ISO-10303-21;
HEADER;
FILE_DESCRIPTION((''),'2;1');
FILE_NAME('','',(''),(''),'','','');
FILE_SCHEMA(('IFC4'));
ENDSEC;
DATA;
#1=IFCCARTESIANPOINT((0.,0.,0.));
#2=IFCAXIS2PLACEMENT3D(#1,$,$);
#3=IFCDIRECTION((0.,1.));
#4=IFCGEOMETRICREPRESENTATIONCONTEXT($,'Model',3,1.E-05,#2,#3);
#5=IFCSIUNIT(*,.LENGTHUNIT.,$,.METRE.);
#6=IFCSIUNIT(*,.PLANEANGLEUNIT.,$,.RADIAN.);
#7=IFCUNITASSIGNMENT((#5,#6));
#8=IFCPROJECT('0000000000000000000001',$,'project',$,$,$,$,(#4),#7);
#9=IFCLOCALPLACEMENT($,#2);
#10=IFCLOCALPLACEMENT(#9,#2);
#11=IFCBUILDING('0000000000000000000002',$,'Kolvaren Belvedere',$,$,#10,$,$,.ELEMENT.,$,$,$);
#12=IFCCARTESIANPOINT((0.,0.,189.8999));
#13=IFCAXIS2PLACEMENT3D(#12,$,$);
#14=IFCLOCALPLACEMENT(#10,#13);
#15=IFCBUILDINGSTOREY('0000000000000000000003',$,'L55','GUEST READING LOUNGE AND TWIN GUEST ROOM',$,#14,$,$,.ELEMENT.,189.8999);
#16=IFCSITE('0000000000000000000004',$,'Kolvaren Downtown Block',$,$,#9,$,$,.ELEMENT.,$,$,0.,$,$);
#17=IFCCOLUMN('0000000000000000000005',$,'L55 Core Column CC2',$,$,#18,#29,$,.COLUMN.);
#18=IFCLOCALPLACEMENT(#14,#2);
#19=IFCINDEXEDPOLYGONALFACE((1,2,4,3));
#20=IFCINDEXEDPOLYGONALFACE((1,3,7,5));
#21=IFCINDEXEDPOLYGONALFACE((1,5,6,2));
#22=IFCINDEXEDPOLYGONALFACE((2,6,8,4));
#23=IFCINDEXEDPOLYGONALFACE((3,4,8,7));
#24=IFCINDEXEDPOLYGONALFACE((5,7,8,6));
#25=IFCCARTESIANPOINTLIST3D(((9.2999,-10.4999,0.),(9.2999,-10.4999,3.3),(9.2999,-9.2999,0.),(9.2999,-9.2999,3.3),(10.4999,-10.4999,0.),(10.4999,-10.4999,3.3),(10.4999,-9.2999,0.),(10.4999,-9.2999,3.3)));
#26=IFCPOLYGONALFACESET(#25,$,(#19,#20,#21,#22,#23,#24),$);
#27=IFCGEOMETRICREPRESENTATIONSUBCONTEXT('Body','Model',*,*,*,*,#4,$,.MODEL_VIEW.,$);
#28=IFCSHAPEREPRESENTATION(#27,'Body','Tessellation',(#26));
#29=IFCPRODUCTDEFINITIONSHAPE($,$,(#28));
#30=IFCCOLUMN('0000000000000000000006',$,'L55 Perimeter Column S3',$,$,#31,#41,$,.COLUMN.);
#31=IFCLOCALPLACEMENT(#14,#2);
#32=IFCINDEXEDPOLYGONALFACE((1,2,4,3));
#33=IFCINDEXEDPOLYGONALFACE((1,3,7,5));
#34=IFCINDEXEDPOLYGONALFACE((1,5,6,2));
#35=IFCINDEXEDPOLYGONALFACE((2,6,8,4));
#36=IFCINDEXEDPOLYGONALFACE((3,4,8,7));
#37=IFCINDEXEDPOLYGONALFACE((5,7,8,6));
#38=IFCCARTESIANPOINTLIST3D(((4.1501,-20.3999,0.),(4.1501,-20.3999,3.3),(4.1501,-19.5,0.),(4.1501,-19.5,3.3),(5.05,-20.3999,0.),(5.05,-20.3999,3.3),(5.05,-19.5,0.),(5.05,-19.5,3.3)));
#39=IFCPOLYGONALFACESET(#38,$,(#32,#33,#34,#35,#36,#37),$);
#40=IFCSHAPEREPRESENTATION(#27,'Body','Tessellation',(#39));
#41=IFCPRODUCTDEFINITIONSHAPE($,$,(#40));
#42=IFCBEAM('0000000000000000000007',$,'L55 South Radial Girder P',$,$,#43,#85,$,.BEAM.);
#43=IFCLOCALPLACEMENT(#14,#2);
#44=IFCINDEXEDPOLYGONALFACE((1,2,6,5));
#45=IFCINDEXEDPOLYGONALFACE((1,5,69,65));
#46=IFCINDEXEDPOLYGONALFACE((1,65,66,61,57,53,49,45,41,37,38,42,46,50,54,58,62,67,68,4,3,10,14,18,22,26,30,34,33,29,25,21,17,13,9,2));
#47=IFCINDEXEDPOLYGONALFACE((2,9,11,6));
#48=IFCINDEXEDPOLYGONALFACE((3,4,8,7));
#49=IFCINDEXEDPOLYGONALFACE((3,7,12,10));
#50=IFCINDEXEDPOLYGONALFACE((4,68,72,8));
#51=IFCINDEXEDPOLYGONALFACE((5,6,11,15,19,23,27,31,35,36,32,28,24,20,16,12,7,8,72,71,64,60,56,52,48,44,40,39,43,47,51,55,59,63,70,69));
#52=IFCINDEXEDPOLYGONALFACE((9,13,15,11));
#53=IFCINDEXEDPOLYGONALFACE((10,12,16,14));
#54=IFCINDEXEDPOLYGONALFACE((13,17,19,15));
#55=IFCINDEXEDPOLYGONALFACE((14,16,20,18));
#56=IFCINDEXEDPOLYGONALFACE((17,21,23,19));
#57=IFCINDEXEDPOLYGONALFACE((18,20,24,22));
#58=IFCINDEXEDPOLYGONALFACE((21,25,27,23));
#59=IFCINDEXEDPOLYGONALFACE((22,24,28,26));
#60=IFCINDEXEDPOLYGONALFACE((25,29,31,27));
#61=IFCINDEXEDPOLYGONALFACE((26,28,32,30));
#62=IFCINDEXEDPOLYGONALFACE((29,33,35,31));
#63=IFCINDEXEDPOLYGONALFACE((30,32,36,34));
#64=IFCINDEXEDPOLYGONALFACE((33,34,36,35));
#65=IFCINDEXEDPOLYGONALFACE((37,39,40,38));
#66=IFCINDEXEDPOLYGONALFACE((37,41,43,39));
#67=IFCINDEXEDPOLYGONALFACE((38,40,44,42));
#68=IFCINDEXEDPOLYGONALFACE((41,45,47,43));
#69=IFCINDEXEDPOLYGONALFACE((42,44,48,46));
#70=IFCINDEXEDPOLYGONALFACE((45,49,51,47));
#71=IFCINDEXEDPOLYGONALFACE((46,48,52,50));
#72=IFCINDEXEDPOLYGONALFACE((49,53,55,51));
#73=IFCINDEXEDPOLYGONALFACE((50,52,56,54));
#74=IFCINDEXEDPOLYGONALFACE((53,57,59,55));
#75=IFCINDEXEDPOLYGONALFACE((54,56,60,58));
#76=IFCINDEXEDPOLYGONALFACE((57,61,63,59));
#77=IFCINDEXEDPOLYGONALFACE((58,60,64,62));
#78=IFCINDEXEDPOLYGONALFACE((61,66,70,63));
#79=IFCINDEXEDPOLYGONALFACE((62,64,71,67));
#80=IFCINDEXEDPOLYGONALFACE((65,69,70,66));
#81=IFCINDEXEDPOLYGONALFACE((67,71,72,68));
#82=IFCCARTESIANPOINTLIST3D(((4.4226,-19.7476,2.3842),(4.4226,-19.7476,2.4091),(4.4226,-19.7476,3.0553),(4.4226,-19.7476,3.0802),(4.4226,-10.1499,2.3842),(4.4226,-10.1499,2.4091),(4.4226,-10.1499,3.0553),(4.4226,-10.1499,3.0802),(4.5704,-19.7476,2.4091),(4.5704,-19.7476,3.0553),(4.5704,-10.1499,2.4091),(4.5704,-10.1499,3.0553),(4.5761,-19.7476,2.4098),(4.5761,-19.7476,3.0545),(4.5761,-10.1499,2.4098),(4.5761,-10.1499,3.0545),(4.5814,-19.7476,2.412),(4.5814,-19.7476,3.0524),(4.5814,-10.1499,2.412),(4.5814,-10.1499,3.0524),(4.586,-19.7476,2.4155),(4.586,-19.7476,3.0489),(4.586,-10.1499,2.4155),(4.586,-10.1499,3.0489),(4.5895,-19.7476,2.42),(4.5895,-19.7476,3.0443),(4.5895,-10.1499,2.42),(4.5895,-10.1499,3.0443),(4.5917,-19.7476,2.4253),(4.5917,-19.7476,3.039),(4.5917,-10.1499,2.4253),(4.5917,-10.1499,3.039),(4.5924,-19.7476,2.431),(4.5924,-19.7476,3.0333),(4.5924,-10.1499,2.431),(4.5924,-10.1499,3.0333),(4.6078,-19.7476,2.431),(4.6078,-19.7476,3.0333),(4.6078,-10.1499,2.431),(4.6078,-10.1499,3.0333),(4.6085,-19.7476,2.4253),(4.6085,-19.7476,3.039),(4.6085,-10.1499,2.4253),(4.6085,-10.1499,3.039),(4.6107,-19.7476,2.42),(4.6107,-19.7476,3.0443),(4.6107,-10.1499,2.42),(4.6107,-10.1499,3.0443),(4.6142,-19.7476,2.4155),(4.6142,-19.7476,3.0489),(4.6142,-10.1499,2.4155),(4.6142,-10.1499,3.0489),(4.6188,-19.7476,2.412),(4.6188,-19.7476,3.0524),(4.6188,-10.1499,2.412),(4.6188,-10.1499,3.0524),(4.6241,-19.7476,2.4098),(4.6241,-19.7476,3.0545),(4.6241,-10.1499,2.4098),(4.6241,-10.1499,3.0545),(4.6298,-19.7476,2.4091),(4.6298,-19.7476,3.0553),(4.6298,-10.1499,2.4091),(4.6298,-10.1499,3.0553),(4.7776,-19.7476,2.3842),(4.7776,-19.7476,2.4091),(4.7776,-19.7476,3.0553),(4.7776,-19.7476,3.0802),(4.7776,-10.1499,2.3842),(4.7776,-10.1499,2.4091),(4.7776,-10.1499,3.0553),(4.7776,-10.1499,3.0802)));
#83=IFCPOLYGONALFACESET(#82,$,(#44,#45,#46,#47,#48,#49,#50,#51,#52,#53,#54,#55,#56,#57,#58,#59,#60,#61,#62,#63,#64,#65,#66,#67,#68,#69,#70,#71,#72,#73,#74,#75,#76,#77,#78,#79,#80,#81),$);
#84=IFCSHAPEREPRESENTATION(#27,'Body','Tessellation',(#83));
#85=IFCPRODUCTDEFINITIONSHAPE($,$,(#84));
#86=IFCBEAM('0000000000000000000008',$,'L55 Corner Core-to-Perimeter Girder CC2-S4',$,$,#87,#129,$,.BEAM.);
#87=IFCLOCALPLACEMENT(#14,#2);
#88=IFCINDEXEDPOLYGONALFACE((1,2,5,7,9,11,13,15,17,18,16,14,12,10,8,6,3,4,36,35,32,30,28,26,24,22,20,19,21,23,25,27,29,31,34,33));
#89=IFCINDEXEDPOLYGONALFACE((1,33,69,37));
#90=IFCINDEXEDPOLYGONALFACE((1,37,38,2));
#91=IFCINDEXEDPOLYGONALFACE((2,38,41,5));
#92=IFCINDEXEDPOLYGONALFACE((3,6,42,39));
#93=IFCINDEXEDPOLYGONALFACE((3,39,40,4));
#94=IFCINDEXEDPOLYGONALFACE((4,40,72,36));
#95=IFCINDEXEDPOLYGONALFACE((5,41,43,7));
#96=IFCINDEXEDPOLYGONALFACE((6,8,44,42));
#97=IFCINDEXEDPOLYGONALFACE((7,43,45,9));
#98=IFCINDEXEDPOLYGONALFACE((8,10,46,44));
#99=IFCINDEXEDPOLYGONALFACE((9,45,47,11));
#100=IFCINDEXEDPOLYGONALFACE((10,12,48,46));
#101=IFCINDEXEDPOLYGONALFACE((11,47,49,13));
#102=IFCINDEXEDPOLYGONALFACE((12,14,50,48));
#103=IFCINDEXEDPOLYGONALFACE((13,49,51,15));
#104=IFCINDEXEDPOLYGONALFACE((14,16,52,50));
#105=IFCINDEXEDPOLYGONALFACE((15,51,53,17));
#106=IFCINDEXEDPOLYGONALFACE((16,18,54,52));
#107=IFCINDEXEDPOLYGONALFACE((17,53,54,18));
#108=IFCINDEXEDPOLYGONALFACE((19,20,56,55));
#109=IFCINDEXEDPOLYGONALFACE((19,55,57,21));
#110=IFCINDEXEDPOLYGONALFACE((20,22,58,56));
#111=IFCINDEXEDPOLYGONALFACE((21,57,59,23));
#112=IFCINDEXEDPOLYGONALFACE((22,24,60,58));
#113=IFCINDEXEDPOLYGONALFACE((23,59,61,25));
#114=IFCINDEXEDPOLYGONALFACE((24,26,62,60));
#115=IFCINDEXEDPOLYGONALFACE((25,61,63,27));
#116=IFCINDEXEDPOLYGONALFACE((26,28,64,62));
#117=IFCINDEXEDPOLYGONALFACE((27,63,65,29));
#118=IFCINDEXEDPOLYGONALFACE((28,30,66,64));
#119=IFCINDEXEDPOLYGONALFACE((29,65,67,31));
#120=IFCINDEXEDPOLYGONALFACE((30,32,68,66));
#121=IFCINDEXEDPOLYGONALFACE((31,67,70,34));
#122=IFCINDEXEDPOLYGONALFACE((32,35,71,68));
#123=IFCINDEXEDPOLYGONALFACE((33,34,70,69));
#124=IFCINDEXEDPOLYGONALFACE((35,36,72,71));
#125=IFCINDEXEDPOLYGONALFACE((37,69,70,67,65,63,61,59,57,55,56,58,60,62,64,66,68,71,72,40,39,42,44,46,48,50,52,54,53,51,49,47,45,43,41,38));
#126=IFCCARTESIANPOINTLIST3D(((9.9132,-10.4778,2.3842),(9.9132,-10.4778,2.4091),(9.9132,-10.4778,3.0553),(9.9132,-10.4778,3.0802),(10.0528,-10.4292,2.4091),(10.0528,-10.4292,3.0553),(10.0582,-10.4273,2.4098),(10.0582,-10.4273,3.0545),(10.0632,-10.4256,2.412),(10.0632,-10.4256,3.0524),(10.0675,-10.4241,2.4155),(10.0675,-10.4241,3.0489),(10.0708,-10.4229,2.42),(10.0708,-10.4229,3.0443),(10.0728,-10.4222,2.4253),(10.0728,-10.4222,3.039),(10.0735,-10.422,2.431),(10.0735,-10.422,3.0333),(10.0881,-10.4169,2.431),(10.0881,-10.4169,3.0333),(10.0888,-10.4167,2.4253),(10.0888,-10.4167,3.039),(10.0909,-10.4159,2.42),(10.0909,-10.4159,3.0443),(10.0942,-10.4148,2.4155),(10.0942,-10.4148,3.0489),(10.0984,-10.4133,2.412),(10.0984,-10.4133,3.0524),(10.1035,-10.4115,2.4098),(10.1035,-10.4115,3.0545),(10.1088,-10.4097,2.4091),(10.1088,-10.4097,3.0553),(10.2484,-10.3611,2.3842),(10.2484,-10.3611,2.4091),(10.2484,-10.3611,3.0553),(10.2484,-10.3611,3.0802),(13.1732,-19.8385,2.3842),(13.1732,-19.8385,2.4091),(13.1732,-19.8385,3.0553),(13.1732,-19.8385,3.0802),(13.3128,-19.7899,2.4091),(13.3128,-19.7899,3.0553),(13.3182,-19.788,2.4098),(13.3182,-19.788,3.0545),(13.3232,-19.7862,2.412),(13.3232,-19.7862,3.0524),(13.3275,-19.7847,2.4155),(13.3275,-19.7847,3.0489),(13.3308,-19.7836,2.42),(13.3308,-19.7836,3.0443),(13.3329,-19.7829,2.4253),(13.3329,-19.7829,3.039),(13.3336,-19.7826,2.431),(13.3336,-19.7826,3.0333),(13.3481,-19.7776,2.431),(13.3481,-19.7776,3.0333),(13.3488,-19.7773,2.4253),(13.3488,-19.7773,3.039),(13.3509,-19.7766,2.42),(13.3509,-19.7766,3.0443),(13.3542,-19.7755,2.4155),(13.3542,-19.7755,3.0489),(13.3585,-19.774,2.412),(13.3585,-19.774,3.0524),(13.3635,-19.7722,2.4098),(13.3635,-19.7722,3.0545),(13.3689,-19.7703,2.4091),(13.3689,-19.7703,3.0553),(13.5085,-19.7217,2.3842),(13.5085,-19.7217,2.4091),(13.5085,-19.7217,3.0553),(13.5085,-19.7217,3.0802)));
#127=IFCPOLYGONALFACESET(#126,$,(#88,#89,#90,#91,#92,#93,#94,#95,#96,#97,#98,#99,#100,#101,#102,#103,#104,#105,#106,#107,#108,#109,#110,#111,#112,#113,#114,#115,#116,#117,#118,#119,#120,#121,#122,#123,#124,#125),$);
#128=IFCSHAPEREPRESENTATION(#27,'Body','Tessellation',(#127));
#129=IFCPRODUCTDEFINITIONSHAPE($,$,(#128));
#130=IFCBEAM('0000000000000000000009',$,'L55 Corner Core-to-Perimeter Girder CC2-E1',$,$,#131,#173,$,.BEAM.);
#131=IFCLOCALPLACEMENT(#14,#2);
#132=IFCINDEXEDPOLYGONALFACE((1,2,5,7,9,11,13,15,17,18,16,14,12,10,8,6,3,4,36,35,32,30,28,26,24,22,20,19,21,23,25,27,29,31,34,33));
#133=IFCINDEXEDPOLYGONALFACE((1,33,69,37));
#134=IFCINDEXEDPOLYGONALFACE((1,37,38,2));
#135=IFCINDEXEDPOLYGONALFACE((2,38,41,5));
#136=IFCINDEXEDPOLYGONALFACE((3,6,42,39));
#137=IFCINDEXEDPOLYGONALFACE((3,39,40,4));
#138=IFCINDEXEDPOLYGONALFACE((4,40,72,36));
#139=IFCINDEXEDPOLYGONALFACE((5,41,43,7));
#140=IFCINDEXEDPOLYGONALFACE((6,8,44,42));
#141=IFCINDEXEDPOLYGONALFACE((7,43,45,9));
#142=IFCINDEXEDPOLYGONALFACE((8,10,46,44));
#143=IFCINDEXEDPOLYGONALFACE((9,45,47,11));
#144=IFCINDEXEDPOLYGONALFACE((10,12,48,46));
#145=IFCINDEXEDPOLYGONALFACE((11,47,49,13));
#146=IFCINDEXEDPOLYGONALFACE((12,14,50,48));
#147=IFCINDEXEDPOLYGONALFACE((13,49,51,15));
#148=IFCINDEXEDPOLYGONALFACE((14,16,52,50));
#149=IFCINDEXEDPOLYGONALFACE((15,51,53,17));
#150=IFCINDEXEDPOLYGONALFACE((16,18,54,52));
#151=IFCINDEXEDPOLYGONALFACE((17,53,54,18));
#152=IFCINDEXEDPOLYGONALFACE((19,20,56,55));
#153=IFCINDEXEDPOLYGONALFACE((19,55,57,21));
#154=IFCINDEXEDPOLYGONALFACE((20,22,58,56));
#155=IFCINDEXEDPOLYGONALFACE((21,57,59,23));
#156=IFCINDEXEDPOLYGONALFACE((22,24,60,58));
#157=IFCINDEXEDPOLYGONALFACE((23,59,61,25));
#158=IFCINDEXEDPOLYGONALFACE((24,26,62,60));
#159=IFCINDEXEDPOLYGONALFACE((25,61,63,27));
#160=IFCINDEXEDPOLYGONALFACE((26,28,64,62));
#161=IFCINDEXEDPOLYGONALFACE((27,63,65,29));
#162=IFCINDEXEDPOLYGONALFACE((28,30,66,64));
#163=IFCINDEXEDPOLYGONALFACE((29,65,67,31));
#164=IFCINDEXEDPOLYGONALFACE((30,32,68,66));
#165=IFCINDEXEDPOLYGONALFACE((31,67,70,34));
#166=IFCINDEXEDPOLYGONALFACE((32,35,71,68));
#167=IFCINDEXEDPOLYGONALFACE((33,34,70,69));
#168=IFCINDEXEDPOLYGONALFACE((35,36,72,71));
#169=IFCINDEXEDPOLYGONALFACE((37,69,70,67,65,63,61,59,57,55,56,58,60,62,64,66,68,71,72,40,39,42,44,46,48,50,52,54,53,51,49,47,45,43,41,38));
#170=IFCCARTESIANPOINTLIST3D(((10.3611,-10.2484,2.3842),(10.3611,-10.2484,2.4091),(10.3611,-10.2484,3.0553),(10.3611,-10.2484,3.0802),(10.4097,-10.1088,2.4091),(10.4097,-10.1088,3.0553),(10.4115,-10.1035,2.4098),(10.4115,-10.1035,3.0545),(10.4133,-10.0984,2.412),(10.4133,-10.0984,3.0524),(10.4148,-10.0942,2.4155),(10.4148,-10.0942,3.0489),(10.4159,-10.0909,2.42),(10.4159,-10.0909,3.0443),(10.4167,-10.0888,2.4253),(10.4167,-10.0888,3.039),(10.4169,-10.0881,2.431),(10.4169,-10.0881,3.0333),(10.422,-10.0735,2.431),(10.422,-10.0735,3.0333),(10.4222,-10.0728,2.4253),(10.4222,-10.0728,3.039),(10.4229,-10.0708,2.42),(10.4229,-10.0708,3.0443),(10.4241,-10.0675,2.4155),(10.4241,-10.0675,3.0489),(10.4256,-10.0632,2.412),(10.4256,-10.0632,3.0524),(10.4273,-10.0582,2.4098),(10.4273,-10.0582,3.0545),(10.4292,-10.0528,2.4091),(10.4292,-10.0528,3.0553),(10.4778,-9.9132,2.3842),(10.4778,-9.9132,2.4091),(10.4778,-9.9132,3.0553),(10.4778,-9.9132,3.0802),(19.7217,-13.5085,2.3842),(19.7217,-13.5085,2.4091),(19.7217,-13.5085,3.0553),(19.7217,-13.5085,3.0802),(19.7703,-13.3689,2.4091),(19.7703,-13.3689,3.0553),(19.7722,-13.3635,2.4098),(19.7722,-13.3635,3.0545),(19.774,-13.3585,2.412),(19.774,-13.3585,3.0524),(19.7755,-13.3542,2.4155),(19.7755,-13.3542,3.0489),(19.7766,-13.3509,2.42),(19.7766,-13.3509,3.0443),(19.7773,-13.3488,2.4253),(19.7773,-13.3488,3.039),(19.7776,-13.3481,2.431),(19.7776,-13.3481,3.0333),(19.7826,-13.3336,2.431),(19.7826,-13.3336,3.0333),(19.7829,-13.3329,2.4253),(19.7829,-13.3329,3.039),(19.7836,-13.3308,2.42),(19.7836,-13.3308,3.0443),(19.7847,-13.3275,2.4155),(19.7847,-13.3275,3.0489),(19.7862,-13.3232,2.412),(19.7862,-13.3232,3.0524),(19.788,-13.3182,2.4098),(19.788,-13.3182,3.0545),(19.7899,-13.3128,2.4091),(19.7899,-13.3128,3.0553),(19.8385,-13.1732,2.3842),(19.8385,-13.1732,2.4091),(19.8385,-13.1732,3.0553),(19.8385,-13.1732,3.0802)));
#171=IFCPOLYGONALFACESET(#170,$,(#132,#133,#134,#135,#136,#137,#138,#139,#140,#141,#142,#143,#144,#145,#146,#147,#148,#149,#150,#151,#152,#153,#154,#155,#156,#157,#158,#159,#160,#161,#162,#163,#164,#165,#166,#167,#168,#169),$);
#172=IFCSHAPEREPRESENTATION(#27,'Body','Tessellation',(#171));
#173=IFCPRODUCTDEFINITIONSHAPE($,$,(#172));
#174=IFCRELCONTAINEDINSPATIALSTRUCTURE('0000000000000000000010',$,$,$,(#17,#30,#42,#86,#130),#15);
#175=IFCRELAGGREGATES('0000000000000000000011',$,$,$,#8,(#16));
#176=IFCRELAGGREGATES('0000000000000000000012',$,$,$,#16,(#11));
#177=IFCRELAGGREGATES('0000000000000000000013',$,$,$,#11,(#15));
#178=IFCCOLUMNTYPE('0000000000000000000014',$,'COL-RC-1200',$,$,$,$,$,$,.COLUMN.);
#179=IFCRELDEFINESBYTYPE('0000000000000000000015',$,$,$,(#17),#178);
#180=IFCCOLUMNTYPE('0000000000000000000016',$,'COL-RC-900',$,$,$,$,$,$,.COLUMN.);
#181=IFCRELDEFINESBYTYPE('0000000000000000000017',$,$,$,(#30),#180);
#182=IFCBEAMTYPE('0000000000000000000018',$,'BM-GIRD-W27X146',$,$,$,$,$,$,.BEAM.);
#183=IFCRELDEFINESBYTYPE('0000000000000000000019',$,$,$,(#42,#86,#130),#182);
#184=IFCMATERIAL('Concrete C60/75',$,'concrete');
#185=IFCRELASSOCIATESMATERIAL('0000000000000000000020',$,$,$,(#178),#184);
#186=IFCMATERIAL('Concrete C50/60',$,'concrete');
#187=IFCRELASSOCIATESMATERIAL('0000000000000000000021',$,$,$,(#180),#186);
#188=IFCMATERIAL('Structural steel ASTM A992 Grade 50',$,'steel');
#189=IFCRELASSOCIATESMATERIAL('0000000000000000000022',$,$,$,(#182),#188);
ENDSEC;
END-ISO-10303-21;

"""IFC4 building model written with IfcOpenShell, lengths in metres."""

from ifc_helpers import new_model, si_unit, direction, frame, origin, origin_2d, place, context, subcontext, project, spatial, rectangle, i_section, extrude, material, material_profile, profile_set, type_object, element, save


model = new_model("IFC4")

# Units and contexts
model_context = context("Model", 3, precision=1e-05, world=origin(), true_north=direction((0.0, 1.0)))
body_context = subcontext(model_context, "Body", "Model", "MODEL_VIEW")
ifc_project = project(units=[si_unit("LENGTHUNIT", "METRE"), si_unit("PLANEANGLEUNIT", "RADIAN")], contexts=[model_context])

# Site, building, storey
site_placement = place(None, origin())
site = spatial("IfcSite", under=ifc_project, at=site_placement, Name="Kolvaren Downtown Block", CompositionType="ELEMENT", RefElevation=0.0)
building_placement = place(site_placement, origin())
building = spatial("IfcBuilding", under=site, at=building_placement, Name="Kolvaren Belvedere", CompositionType="ELEMENT")
storey_placement = place(building_placement, frame((0.0, 0.0, 189.8999)))
storey = spatial("IfcBuildingStorey", under=building, at=storey_placement, Name="L55", Description="GUEST READING LOUNGE AND TWIN GUEST ROOM", CompositionType="ELEMENT", Elevation=189.8999)

# Columns
ifc_material_1 = material(Name="Concrete C60/75", Category="concrete")
ifc_material_profile_1 = material_profile(ifc_material_1, rectangle(XDim=1.2, YDim=1.2, at=origin_2d()), Name="RC 1200X1200")
ifc_profile_set_1 = profile_set([ifc_material_profile_1], Name="Concrete C60/75")
column_type_1 = type_object("IfcColumnType", Name="COL-RC-1200", PredefinedType="COLUMN", material=ifc_profile_set_1)
column_1_placement = place(storey_placement, frame((9.8999, -9.8999, 0.0), z_axis=(0.0, 0.0, 1.0), x_axis=(1.0, 0.0, 0.0)))
element("IfcColumn", 1, at=column_1_placement, inside=storey, type_object=column_type_1, Name="L55 Core Column CC2", PredefinedType="COLUMN", context=body_context, shape_type="SweptSolid", body=[
    extrude(rectangle(XDim=1.2, YDim=1.2, at=origin_2d()), origin(), (0.0, 0.0, 1.0), 3.3),
])
ifc_material_2 = material(Name="Concrete C50/60", Category="concrete")
ifc_material_profile_2 = material_profile(ifc_material_2, rectangle(XDim=0.8999, YDim=0.8999, at=origin_2d()), Name="RC 900X900")
ifc_profile_set_2 = profile_set([ifc_material_profile_2], Name="Concrete C50/60")
column_type_2 = type_object("IfcColumnType", Name="COL-RC-900", PredefinedType="COLUMN", material=ifc_profile_set_2)
column_2_placement = place(storey_placement, frame((4.6001, -19.95, 0.0), z_axis=(0.0, 0.0, 1.0), x_axis=(1.0, 0.0, 0.0)))
element("IfcColumn", 2, at=column_2_placement, inside=storey, type_object=column_type_2, Name="L55 Perimeter Column S3", PredefinedType="COLUMN", context=body_context, shape_type="SweptSolid", body=[
    extrude(rectangle(XDim=0.8999, YDim=0.8999, at=origin_2d()), origin(), (0.0, 0.0, 1.0), 3.3),
])

# Beams
ifc_material_3 = material(Name="Structural steel ASTM A992 Grade 50", Category="steel")
ifc_material_profile_3 = material_profile(ifc_material_3, i_section(OverallWidth=0.355, OverallDepth=0.696, WebThickness=0.0154, FlangeThickness=0.0249, FilletRadius=0.022, at=origin_2d()), Name="W27X146")
ifc_profile_set_3 = profile_set([ifc_material_profile_3], Name="Structural steel ASTM A992 Grade 50")
beam_type_1 = type_object("IfcBeamType", Name="BM-GIRD-W27X146", PredefinedType="BEAM", material=ifc_profile_set_3)
beam_1_placement = place(storey_placement, frame((4.6001, -10.1499, 2.7322), z_axis=(0.0, -1.0, 0.0), x_axis=(1.0, 0.0, 0.0)))
element("IfcBeam", 3, at=beam_1_placement, inside=storey, type_object=beam_type_1, Name="L55 South Radial Girder P", PredefinedType="BEAM", context=body_context, shape_type="SweptSolid", body=[
    extrude(i_section(OverallWidth=0.355, OverallDepth=0.696, WebThickness=0.0154, FlangeThickness=0.0249, FilletRadius=0.022, at=origin_2d()), origin(), (0.0, 0.0, 1.0), 9.5977),
])
for number, where, z_axis, x_axis, name in (
    (4, (10.0808, -10.4194, 2.7322), (0.328894, -0.944367, 0.0), (0.944367, 0.328894, 0.0), "L55 Corner Core-to-Perimeter Girder CC2-S4"),
    (5, (10.4194, -10.0808, 2.7322), (0.944367, -0.328894, 0.0), (0.328894, 0.944367, 0.0), "L55 Corner Core-to-Perimeter Girder CC2-E1"),
):
    element("IfcBeam", number, at=place(storey_placement, frame(where, z_axis=z_axis, x_axis=x_axis)), inside=storey, type_object=beam_type_1, Name=name, PredefinedType="BEAM", context=body_context, shape_type="SweptSolid", body=[
        extrude(i_section(OverallWidth=0.355, OverallDepth=0.696, WebThickness=0.0154, FlangeThickness=0.0249, FilletRadius=0.022, at=origin_2d()), origin(), (0.0, 0.0, 1.0), 9.9121),
    ])

save(model, "model.ifc")
